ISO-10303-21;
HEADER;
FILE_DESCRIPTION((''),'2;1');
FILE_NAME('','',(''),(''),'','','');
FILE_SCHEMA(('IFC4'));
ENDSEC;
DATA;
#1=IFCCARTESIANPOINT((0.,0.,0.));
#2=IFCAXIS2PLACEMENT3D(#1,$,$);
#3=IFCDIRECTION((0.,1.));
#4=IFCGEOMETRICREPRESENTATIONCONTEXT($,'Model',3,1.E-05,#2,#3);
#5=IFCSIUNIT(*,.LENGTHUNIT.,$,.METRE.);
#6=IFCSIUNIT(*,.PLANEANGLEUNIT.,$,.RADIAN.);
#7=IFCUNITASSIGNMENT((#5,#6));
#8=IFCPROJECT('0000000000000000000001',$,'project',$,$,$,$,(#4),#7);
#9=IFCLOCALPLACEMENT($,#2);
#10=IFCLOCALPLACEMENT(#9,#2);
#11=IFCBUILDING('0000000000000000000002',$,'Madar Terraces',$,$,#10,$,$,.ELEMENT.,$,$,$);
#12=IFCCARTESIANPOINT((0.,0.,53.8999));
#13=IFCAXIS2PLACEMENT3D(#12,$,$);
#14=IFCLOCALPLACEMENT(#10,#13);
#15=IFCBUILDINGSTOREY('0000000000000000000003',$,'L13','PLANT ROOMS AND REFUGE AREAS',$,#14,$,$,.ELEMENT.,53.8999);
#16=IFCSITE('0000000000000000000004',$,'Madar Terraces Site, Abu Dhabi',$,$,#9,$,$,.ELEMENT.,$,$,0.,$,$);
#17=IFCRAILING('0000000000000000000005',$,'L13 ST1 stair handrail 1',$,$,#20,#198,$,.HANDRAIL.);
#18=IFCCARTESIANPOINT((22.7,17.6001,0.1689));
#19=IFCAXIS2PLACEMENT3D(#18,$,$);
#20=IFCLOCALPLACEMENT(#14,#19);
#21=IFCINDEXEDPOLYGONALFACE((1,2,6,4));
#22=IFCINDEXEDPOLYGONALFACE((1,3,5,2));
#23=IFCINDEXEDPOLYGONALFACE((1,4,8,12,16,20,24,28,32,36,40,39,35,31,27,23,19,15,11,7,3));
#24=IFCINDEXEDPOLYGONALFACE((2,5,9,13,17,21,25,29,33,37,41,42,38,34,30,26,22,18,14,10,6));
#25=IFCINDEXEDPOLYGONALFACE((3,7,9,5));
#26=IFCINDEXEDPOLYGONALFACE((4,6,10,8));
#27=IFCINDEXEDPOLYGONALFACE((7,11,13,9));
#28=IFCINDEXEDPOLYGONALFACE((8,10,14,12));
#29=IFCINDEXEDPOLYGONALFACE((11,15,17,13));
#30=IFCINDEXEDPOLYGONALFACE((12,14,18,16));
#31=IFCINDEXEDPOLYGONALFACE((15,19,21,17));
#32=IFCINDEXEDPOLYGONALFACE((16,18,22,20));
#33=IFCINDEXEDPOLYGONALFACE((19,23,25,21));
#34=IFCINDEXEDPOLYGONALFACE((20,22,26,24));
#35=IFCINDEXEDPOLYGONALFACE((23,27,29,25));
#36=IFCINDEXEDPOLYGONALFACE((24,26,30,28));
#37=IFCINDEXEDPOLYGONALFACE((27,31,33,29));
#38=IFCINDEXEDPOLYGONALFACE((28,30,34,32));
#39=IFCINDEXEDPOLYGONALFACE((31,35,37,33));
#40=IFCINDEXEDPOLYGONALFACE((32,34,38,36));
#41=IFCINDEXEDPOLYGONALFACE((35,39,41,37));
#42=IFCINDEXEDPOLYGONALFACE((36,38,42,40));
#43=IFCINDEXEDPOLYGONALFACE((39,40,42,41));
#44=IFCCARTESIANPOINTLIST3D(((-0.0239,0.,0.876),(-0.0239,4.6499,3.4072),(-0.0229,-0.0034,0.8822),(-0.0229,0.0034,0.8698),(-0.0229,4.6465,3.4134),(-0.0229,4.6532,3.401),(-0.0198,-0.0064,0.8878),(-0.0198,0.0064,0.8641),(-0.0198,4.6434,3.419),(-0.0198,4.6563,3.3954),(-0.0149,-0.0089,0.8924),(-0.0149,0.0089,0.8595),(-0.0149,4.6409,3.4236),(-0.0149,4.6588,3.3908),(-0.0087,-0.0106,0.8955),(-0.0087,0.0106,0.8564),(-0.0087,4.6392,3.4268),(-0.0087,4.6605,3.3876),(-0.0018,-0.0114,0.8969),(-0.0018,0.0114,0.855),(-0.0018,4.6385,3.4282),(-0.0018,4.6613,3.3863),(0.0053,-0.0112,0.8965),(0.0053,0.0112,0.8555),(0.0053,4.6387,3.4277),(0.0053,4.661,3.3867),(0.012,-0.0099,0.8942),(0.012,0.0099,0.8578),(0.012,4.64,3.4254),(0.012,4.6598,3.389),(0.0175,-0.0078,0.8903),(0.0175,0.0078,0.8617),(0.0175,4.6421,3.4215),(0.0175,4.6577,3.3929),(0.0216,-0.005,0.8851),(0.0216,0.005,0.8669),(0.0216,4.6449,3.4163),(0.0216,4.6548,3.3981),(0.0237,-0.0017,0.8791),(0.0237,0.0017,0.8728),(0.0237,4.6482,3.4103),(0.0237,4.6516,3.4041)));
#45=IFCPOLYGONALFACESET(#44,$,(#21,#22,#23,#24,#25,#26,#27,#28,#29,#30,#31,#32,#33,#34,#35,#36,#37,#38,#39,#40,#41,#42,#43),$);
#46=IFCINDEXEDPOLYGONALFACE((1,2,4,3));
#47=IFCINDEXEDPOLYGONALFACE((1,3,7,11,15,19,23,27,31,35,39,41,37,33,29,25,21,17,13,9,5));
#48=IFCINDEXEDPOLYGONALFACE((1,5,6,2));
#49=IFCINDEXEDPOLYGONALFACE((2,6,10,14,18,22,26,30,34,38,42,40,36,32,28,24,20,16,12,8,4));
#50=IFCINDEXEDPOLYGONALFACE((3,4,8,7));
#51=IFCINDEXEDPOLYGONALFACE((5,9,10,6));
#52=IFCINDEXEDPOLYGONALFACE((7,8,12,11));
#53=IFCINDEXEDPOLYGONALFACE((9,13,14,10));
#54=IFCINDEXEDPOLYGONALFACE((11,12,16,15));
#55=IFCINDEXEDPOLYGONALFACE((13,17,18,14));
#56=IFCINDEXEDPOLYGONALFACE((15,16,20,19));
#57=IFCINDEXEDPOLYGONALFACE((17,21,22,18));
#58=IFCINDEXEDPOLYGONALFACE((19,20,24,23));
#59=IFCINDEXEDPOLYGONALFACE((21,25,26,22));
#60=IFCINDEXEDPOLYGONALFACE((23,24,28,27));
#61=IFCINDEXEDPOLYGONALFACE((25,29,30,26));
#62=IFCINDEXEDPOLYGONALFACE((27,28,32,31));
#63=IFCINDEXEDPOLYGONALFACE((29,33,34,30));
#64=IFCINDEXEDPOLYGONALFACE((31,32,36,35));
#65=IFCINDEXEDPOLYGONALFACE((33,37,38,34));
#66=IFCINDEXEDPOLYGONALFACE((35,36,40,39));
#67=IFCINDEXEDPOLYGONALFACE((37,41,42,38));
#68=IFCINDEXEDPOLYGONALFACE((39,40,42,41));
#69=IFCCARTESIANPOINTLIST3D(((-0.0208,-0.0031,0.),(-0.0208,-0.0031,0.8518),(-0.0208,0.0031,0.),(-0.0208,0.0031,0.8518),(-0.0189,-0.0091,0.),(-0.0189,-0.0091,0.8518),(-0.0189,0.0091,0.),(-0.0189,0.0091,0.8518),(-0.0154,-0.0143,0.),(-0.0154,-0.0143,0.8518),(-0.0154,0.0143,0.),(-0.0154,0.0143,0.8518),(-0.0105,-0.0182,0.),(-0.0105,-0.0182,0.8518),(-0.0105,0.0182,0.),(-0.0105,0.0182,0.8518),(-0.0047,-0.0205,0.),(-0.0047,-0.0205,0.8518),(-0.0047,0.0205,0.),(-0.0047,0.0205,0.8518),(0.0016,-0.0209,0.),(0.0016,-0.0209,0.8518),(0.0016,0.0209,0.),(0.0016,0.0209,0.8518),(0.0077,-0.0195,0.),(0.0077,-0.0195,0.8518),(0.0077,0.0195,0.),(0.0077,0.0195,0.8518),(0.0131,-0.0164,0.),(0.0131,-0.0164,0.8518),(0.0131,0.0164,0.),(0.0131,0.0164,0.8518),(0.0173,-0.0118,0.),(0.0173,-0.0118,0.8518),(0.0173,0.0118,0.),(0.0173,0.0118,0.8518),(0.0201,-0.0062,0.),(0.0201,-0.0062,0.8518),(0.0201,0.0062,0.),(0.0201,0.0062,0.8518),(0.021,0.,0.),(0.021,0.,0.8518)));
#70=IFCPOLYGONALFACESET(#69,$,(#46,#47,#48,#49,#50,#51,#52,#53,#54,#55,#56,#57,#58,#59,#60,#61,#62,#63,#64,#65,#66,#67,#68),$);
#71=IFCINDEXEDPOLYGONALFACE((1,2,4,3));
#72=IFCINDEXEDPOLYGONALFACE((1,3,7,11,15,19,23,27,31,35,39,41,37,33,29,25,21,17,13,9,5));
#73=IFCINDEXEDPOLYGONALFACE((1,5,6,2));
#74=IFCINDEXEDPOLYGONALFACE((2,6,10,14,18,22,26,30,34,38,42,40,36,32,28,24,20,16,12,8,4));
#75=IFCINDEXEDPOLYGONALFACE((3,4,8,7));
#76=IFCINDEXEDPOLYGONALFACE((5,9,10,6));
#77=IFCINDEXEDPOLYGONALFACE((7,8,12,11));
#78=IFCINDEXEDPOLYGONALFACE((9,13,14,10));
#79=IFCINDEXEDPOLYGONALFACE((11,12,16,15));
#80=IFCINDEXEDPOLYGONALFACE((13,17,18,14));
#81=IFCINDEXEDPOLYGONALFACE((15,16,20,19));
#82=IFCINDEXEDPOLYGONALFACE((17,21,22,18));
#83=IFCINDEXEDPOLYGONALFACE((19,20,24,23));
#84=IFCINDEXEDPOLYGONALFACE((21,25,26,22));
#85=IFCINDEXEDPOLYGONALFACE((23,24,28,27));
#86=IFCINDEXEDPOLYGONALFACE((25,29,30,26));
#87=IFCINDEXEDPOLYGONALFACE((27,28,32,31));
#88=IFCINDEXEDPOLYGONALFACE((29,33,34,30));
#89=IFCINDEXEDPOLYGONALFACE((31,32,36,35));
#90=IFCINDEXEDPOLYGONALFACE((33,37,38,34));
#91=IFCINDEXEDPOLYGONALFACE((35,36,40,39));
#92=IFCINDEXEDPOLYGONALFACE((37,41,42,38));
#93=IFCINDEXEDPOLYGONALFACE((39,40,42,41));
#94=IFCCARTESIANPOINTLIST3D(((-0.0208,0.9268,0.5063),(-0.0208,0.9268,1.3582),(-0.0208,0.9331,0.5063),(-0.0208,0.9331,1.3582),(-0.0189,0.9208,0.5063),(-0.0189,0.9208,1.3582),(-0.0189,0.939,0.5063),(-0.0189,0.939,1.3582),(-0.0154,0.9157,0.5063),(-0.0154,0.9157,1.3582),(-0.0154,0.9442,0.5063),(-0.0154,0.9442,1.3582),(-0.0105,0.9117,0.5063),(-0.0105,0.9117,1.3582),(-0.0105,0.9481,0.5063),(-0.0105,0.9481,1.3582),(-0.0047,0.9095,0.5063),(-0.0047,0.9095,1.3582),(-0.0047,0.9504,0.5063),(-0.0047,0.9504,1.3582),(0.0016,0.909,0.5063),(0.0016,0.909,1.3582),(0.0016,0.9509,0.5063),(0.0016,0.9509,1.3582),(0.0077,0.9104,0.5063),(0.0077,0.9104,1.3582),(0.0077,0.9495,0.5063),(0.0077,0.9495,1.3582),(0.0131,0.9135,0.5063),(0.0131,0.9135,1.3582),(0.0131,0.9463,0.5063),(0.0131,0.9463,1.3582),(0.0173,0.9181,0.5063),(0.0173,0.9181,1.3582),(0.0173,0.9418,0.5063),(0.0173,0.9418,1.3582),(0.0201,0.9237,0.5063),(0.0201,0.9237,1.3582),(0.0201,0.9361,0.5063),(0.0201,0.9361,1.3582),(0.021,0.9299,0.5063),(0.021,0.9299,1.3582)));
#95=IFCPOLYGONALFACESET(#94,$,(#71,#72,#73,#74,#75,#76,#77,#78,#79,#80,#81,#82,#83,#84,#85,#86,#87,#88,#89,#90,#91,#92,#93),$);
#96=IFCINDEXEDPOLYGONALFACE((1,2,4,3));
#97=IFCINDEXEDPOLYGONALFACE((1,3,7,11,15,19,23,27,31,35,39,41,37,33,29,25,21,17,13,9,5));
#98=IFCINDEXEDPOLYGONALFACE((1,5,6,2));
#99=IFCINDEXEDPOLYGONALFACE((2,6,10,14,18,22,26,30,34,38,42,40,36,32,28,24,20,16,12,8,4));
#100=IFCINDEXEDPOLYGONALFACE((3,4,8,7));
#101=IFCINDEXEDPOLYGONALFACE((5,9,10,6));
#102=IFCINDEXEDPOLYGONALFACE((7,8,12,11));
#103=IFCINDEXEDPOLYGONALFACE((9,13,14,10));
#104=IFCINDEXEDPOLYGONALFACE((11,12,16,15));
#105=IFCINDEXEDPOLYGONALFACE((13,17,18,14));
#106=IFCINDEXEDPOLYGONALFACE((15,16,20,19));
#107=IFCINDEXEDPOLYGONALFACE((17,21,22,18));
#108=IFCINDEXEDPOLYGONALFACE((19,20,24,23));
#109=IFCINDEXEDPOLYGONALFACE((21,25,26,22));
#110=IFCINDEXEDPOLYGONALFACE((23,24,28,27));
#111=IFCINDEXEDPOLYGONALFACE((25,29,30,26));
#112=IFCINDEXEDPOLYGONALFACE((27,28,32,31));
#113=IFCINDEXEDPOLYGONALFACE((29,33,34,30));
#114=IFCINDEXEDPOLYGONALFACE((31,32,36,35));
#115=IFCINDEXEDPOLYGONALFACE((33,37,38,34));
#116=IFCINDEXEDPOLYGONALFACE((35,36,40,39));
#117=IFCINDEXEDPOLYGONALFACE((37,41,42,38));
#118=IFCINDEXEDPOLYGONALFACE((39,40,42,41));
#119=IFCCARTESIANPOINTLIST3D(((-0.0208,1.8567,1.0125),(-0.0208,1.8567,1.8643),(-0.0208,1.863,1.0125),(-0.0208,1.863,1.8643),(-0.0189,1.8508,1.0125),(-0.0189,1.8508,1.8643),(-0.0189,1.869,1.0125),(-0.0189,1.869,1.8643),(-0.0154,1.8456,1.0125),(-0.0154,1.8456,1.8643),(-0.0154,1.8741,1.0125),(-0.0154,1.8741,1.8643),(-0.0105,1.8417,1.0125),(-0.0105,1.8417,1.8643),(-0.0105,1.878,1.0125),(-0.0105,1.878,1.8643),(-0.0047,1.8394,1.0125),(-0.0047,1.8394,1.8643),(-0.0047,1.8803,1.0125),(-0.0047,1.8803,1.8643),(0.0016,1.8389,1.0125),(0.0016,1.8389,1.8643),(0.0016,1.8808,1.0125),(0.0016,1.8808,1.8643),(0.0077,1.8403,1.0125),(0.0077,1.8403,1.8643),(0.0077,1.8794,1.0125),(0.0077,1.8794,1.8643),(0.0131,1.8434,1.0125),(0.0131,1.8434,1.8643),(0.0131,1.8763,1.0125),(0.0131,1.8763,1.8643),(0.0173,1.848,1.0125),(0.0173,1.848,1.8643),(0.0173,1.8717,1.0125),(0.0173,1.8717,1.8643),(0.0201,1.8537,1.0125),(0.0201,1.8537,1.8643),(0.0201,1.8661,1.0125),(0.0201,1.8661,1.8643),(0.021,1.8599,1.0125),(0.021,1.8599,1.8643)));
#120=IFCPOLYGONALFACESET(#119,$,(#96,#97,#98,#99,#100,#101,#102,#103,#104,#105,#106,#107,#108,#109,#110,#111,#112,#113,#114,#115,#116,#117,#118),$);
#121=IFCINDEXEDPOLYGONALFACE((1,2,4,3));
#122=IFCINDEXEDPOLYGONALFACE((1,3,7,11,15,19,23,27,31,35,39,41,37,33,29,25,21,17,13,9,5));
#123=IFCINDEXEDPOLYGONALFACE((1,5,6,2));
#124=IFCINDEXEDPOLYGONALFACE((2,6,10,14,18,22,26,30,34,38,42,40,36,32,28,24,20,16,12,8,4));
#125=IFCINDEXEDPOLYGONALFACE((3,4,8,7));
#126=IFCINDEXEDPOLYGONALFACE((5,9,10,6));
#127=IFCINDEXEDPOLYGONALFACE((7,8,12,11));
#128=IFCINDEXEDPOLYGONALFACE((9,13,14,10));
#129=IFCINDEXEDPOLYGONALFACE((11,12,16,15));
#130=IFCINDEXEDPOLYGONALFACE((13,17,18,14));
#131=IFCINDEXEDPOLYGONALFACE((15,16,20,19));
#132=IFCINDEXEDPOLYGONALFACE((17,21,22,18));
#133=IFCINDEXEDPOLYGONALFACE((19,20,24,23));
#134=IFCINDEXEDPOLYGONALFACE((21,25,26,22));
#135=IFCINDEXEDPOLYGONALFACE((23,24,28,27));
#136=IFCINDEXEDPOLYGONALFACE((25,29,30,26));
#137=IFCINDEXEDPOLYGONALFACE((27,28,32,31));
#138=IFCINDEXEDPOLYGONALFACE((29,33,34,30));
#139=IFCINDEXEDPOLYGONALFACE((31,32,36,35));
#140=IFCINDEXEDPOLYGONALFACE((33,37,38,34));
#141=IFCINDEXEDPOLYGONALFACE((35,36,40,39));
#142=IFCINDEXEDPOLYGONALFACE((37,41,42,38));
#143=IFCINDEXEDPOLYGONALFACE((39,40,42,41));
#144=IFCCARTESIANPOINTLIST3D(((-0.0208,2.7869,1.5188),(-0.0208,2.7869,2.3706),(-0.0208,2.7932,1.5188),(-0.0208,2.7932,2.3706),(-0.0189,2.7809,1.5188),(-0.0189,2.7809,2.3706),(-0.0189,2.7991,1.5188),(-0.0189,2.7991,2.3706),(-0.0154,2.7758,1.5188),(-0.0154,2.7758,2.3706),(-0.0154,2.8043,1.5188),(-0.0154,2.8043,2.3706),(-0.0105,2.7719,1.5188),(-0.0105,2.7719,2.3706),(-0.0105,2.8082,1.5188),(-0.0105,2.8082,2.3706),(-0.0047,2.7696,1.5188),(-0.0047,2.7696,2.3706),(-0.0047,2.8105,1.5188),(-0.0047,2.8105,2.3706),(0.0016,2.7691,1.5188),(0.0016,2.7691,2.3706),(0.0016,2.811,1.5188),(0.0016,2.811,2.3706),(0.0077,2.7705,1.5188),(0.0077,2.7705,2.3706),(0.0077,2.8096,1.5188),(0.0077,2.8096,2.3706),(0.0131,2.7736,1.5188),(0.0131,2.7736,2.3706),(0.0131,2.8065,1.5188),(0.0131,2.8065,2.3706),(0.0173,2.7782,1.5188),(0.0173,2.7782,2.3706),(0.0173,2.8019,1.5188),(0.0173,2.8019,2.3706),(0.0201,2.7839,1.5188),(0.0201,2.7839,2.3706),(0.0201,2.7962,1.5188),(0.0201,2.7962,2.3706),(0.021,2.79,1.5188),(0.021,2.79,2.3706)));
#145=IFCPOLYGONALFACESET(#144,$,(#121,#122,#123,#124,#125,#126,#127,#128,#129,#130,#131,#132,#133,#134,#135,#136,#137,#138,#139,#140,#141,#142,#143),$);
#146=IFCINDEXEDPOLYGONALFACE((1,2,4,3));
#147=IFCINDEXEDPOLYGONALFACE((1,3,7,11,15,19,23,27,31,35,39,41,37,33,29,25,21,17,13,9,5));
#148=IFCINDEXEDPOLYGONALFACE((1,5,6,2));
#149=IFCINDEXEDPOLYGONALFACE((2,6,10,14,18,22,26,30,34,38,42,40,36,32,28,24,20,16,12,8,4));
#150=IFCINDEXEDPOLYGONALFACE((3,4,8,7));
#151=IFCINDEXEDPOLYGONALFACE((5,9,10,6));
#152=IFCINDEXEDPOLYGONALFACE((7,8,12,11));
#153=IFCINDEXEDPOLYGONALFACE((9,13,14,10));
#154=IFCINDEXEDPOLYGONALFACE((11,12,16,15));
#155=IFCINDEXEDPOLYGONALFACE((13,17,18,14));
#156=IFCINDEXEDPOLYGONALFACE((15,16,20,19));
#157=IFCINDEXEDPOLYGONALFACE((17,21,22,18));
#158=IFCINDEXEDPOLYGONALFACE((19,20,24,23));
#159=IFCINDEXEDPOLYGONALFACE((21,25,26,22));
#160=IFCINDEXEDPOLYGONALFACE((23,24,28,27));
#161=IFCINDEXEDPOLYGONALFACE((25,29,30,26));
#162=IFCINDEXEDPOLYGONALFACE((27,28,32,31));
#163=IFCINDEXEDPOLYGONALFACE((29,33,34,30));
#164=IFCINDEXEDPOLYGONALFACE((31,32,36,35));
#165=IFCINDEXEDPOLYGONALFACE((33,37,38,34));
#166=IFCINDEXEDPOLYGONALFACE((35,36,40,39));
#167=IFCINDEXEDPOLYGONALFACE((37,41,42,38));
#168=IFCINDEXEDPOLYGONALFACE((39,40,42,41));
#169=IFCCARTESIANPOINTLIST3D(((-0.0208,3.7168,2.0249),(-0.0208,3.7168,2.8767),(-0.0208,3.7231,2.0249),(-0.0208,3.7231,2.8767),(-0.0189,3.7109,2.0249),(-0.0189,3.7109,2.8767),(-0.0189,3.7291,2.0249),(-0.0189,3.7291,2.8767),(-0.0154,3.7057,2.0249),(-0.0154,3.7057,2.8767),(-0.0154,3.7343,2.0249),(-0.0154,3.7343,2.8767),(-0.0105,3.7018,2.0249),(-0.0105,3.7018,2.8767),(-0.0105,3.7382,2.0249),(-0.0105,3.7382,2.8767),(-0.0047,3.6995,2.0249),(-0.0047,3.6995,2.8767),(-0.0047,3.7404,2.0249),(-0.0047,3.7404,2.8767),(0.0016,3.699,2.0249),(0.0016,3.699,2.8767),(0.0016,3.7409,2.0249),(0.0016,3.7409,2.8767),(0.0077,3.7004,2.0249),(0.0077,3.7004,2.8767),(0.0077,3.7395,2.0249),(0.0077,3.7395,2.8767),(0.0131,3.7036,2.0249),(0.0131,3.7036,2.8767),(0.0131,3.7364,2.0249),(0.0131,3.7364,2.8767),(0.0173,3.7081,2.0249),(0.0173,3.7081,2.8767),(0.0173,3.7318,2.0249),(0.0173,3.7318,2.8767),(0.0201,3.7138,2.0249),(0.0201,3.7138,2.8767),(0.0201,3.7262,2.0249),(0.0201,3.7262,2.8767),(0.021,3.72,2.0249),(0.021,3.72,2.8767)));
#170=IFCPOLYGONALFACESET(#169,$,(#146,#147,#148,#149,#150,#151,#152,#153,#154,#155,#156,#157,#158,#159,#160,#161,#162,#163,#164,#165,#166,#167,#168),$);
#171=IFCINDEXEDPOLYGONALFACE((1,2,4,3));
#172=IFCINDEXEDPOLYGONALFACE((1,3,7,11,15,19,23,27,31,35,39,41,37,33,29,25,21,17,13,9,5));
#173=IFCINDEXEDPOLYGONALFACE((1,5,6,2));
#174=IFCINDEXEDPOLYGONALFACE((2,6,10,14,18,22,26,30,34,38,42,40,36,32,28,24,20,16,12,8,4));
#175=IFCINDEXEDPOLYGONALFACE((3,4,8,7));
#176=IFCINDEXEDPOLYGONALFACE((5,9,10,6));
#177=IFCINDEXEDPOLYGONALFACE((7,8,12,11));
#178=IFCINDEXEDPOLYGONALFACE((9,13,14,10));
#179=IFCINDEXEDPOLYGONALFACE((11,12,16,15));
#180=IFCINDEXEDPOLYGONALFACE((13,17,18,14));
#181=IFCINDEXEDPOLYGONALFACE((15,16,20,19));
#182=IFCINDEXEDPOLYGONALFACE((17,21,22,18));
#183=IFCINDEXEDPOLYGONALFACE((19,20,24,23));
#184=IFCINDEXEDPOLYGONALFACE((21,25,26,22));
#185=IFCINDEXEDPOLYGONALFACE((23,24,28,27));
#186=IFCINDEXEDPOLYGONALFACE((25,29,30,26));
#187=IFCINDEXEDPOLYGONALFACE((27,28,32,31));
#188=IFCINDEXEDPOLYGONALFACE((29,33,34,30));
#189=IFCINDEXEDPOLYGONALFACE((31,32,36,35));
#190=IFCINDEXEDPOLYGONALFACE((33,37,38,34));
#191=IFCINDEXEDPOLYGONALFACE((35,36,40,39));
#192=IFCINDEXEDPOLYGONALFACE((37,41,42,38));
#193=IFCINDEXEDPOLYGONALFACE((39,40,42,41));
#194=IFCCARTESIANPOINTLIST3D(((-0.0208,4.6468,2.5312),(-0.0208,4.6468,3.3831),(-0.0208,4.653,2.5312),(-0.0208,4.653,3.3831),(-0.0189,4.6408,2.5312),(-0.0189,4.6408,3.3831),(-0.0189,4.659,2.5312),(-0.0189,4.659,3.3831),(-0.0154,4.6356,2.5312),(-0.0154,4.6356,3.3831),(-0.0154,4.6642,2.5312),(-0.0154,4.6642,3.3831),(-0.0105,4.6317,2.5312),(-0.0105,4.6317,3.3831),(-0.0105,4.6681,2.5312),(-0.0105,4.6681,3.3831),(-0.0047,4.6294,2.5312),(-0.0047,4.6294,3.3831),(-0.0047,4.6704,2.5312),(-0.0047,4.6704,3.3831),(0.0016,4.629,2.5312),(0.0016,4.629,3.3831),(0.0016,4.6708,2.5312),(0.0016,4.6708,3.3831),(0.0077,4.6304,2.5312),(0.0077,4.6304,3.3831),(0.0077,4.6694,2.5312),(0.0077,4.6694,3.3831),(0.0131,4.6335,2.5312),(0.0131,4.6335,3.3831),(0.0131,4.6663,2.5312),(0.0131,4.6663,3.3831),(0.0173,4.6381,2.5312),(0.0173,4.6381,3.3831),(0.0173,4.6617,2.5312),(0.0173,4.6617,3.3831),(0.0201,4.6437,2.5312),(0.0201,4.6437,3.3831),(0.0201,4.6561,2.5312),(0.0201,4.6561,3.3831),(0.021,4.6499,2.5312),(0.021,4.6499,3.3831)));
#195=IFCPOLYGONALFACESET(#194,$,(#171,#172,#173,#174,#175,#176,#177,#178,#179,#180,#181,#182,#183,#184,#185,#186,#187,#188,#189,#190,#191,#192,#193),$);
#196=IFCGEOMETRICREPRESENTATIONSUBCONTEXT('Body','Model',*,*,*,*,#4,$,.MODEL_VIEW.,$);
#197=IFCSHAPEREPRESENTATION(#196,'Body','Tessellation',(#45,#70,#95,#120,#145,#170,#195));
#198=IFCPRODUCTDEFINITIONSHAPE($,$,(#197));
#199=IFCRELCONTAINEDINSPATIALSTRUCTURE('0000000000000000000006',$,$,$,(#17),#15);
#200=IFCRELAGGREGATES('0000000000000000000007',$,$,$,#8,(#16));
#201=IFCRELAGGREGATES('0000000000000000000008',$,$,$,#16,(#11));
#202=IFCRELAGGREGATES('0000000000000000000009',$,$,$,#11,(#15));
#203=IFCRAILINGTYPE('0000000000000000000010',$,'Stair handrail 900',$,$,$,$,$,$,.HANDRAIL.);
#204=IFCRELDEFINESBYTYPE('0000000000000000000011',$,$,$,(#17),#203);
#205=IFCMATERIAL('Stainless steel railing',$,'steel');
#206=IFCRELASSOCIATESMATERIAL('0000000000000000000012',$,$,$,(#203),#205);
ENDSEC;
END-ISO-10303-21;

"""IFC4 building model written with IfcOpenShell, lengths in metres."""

from ifc_helpers import new_model, si_unit, direction, frame, origin, origin_2d, place, context, subcontext, project, spatial, circle, extrude, material, type_object, element, save


model = new_model("IFC4")

# Units and contexts
model_context = context("Model", 3, precision=1e-05, world=origin(), true_north=direction((0.0, 1.0)))
body_context = subcontext(model_context, "Body", "Model", "MODEL_VIEW")
ifc_project = project(units=[si_unit("LENGTHUNIT", "METRE"), si_unit("PLANEANGLEUNIT", "RADIAN")], contexts=[model_context])

# Site, building, storey
site_placement = place(None, origin())
site = spatial("IfcSite", under=ifc_project, at=site_placement, Name="Madar Terraces Site, Abu Dhabi", CompositionType="ELEMENT", RefElevation=0.0)
building_placement = place(site_placement, origin())
building = spatial("IfcBuilding", under=site, at=building_placement, Name="Madar Terraces", CompositionType="ELEMENT")
storey_placement = place(building_placement, frame((0.0, 0.0, 53.8999)))
storey = spatial("IfcBuildingStorey", under=building, at=storey_placement, Name="L13", Description="PLANT ROOMS AND REFUGE AREAS", CompositionType="ELEMENT", Elevation=53.8999)

# Railing
ifc_material_1 = material(Name="Stainless steel railing", Category="steel")
railing_type_1 = type_object("IfcRailingType", Name="Stair handrail 900", PredefinedType="HANDRAIL", material=ifc_material_1)
railing_1_placement = place(storey_placement, frame((22.7, 17.6001, 0.1689)))
element("IfcRailing", 1, at=railing_1_placement, inside=storey, type_object=railing_type_1, Name="L13 ST1 stair handrail 1", PredefinedType="HANDRAIL", context=body_context, shape_type="SweptSolid", body=[
    extrude(circle(Radius=0.0239, at=origin_2d()), frame((0.0, 0.0, 0.876), z_axis=(0.0, 0.878297, 0.478115), x_axis=(-1.0, 0.0, 0.0)), (0.0, 0.0, 1.0), 5.2942),
    extrude(circle(Radius=0.021, at=origin_2d()), origin(), (0.0, 0.0, 1.0), 0.8518),
    extrude(circle(Radius=0.021, at=origin_2d()), frame((0.0, 0.9299, 0.5063)), (0.0, 0.0, 1.0), 0.8518),
    extrude(circle(Radius=0.021, at=origin_2d()), frame((0.0, 1.8599, 1.0125)), (0.0, 0.0, 1.0), 0.8518),
    extrude(circle(Radius=0.021, at=origin_2d()), frame((0.0, 2.79, 1.5188)), (0.0, 0.0, 1.0), 0.8518),
    extrude(circle(Radius=0.021, at=origin_2d()), frame((0.0, 3.72, 2.0249)), (0.0, 0.0, 1.0), 0.8518),
    extrude(circle(Radius=0.021, at=origin_2d()), frame((0.0, 4.6499, 2.5312)), (0.0, 0.0, 1.0), 0.8518),
])

save(model, "model.ifc")
